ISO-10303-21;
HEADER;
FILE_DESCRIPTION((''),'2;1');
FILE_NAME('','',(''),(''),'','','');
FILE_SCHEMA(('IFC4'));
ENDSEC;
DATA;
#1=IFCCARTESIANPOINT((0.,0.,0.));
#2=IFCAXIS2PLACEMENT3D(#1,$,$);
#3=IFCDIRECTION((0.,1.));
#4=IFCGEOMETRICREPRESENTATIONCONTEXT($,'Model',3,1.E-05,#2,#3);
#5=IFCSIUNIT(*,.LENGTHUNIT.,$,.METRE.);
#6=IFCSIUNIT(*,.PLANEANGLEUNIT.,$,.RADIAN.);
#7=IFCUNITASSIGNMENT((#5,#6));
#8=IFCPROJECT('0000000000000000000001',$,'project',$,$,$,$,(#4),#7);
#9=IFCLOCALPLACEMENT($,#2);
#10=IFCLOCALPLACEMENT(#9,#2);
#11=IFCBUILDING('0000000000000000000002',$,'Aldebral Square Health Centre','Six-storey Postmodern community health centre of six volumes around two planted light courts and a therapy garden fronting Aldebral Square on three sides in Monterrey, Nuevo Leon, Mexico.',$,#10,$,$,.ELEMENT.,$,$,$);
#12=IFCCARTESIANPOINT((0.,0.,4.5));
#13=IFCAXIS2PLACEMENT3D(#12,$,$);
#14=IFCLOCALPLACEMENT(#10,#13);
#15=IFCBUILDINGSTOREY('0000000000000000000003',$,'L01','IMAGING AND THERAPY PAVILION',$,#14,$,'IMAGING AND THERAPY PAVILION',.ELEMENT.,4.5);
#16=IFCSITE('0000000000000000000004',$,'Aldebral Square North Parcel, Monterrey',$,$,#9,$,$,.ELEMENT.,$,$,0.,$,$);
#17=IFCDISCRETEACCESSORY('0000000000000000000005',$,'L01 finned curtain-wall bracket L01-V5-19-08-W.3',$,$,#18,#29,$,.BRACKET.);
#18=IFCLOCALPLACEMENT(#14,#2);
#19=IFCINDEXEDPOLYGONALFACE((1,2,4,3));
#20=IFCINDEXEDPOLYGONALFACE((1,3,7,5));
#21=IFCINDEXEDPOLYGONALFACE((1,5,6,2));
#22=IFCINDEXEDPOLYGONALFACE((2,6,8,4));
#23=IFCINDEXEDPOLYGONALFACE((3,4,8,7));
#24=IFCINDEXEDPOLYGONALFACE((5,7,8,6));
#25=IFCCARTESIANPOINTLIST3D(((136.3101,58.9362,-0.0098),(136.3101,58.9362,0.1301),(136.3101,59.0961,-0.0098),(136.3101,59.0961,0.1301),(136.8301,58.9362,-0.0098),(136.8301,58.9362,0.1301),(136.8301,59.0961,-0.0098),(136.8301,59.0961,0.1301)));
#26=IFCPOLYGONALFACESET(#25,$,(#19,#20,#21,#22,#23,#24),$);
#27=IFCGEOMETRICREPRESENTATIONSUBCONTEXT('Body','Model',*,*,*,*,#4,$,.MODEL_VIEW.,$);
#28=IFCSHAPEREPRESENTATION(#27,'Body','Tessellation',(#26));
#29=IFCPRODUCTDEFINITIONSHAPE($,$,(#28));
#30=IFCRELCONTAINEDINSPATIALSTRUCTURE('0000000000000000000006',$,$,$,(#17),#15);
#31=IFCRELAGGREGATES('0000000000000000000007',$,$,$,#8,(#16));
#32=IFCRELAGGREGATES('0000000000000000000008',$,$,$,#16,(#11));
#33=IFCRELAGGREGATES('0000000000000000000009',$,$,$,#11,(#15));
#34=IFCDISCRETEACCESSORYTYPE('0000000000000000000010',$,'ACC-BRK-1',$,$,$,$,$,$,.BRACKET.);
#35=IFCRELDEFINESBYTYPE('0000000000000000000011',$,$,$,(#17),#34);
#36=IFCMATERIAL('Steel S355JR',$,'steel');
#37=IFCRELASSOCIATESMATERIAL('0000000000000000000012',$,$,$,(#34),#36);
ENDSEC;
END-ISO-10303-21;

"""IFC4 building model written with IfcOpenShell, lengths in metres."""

from ifc_helpers import new_model, si_unit, direction, frame, origin, origin_2d, place, context, subcontext, project, spatial, rectangle, extrude, material, type_object, element, save


model = new_model("IFC4")

# Units and contexts
model_context = context("Model", 3, precision=1e-05, world=origin(), true_north=direction((0.0, 1.0)))
body_context = subcontext(model_context, "Body", "Model", "MODEL_VIEW")
ifc_project = project(units=[si_unit("LENGTHUNIT", "METRE"), si_unit("PLANEANGLEUNIT", "RADIAN")], contexts=[model_context])

# Site, building, storey
site_placement = place(None, origin())
site = spatial("IfcSite", under=ifc_project, at=site_placement, Name="Aldebral Square North Parcel, Monterrey", CompositionType="ELEMENT", RefElevation=0.0)
building_placement = place(site_placement, origin())
building = spatial("IfcBuilding", under=site, at=building_placement, Name="Aldebral Square Health Centre", Description="Six-storey Postmodern community health centre of six volumes around two planted light courts and a therapy garden fronting Aldebral Square on three sides in Monterrey, Nuevo Leon, Mexico.", CompositionType="ELEMENT")
storey_placement = place(building_placement, frame((0.0, 0.0, 4.5)))
storey = spatial("IfcBuildingStorey", under=building, at=storey_placement, Name="L01", Description="IMAGING AND THERAPY PAVILION", LongName="IMAGING AND THERAPY PAVILION", CompositionType="ELEMENT", Elevation=4.5)

# Discrete accessory
ifc_material_1 = material(Name="Steel S355JR", Category="steel")
discrete_accessory_type = type_object("IfcDiscreteAccessoryType", Name="ACC-BRK-1", PredefinedType="BRACKET", material=ifc_material_1)
discrete_accessory_placement = place(storey_placement, frame((136.5701, 59.0161, -0.0098), z_axis=(0.0, 0.0, 1.0), x_axis=(0.0, 1.0, 0.0)))
element("IfcDiscreteAccessory", 1, at=discrete_accessory_placement, inside=storey, type_object=discrete_accessory_type, Name="L01 finned curtain-wall bracket L01-V5-19-08-W.3", PredefinedType="BRACKET", context=body_context, shape_type="SweptSolid", body=[
    extrude(rectangle(XDim=0.1599, YDim=0.52, at=origin_2d()), origin(), (0.0, 0.0, 1.0), 0.1399),
])

save(model, "model.ifc")
